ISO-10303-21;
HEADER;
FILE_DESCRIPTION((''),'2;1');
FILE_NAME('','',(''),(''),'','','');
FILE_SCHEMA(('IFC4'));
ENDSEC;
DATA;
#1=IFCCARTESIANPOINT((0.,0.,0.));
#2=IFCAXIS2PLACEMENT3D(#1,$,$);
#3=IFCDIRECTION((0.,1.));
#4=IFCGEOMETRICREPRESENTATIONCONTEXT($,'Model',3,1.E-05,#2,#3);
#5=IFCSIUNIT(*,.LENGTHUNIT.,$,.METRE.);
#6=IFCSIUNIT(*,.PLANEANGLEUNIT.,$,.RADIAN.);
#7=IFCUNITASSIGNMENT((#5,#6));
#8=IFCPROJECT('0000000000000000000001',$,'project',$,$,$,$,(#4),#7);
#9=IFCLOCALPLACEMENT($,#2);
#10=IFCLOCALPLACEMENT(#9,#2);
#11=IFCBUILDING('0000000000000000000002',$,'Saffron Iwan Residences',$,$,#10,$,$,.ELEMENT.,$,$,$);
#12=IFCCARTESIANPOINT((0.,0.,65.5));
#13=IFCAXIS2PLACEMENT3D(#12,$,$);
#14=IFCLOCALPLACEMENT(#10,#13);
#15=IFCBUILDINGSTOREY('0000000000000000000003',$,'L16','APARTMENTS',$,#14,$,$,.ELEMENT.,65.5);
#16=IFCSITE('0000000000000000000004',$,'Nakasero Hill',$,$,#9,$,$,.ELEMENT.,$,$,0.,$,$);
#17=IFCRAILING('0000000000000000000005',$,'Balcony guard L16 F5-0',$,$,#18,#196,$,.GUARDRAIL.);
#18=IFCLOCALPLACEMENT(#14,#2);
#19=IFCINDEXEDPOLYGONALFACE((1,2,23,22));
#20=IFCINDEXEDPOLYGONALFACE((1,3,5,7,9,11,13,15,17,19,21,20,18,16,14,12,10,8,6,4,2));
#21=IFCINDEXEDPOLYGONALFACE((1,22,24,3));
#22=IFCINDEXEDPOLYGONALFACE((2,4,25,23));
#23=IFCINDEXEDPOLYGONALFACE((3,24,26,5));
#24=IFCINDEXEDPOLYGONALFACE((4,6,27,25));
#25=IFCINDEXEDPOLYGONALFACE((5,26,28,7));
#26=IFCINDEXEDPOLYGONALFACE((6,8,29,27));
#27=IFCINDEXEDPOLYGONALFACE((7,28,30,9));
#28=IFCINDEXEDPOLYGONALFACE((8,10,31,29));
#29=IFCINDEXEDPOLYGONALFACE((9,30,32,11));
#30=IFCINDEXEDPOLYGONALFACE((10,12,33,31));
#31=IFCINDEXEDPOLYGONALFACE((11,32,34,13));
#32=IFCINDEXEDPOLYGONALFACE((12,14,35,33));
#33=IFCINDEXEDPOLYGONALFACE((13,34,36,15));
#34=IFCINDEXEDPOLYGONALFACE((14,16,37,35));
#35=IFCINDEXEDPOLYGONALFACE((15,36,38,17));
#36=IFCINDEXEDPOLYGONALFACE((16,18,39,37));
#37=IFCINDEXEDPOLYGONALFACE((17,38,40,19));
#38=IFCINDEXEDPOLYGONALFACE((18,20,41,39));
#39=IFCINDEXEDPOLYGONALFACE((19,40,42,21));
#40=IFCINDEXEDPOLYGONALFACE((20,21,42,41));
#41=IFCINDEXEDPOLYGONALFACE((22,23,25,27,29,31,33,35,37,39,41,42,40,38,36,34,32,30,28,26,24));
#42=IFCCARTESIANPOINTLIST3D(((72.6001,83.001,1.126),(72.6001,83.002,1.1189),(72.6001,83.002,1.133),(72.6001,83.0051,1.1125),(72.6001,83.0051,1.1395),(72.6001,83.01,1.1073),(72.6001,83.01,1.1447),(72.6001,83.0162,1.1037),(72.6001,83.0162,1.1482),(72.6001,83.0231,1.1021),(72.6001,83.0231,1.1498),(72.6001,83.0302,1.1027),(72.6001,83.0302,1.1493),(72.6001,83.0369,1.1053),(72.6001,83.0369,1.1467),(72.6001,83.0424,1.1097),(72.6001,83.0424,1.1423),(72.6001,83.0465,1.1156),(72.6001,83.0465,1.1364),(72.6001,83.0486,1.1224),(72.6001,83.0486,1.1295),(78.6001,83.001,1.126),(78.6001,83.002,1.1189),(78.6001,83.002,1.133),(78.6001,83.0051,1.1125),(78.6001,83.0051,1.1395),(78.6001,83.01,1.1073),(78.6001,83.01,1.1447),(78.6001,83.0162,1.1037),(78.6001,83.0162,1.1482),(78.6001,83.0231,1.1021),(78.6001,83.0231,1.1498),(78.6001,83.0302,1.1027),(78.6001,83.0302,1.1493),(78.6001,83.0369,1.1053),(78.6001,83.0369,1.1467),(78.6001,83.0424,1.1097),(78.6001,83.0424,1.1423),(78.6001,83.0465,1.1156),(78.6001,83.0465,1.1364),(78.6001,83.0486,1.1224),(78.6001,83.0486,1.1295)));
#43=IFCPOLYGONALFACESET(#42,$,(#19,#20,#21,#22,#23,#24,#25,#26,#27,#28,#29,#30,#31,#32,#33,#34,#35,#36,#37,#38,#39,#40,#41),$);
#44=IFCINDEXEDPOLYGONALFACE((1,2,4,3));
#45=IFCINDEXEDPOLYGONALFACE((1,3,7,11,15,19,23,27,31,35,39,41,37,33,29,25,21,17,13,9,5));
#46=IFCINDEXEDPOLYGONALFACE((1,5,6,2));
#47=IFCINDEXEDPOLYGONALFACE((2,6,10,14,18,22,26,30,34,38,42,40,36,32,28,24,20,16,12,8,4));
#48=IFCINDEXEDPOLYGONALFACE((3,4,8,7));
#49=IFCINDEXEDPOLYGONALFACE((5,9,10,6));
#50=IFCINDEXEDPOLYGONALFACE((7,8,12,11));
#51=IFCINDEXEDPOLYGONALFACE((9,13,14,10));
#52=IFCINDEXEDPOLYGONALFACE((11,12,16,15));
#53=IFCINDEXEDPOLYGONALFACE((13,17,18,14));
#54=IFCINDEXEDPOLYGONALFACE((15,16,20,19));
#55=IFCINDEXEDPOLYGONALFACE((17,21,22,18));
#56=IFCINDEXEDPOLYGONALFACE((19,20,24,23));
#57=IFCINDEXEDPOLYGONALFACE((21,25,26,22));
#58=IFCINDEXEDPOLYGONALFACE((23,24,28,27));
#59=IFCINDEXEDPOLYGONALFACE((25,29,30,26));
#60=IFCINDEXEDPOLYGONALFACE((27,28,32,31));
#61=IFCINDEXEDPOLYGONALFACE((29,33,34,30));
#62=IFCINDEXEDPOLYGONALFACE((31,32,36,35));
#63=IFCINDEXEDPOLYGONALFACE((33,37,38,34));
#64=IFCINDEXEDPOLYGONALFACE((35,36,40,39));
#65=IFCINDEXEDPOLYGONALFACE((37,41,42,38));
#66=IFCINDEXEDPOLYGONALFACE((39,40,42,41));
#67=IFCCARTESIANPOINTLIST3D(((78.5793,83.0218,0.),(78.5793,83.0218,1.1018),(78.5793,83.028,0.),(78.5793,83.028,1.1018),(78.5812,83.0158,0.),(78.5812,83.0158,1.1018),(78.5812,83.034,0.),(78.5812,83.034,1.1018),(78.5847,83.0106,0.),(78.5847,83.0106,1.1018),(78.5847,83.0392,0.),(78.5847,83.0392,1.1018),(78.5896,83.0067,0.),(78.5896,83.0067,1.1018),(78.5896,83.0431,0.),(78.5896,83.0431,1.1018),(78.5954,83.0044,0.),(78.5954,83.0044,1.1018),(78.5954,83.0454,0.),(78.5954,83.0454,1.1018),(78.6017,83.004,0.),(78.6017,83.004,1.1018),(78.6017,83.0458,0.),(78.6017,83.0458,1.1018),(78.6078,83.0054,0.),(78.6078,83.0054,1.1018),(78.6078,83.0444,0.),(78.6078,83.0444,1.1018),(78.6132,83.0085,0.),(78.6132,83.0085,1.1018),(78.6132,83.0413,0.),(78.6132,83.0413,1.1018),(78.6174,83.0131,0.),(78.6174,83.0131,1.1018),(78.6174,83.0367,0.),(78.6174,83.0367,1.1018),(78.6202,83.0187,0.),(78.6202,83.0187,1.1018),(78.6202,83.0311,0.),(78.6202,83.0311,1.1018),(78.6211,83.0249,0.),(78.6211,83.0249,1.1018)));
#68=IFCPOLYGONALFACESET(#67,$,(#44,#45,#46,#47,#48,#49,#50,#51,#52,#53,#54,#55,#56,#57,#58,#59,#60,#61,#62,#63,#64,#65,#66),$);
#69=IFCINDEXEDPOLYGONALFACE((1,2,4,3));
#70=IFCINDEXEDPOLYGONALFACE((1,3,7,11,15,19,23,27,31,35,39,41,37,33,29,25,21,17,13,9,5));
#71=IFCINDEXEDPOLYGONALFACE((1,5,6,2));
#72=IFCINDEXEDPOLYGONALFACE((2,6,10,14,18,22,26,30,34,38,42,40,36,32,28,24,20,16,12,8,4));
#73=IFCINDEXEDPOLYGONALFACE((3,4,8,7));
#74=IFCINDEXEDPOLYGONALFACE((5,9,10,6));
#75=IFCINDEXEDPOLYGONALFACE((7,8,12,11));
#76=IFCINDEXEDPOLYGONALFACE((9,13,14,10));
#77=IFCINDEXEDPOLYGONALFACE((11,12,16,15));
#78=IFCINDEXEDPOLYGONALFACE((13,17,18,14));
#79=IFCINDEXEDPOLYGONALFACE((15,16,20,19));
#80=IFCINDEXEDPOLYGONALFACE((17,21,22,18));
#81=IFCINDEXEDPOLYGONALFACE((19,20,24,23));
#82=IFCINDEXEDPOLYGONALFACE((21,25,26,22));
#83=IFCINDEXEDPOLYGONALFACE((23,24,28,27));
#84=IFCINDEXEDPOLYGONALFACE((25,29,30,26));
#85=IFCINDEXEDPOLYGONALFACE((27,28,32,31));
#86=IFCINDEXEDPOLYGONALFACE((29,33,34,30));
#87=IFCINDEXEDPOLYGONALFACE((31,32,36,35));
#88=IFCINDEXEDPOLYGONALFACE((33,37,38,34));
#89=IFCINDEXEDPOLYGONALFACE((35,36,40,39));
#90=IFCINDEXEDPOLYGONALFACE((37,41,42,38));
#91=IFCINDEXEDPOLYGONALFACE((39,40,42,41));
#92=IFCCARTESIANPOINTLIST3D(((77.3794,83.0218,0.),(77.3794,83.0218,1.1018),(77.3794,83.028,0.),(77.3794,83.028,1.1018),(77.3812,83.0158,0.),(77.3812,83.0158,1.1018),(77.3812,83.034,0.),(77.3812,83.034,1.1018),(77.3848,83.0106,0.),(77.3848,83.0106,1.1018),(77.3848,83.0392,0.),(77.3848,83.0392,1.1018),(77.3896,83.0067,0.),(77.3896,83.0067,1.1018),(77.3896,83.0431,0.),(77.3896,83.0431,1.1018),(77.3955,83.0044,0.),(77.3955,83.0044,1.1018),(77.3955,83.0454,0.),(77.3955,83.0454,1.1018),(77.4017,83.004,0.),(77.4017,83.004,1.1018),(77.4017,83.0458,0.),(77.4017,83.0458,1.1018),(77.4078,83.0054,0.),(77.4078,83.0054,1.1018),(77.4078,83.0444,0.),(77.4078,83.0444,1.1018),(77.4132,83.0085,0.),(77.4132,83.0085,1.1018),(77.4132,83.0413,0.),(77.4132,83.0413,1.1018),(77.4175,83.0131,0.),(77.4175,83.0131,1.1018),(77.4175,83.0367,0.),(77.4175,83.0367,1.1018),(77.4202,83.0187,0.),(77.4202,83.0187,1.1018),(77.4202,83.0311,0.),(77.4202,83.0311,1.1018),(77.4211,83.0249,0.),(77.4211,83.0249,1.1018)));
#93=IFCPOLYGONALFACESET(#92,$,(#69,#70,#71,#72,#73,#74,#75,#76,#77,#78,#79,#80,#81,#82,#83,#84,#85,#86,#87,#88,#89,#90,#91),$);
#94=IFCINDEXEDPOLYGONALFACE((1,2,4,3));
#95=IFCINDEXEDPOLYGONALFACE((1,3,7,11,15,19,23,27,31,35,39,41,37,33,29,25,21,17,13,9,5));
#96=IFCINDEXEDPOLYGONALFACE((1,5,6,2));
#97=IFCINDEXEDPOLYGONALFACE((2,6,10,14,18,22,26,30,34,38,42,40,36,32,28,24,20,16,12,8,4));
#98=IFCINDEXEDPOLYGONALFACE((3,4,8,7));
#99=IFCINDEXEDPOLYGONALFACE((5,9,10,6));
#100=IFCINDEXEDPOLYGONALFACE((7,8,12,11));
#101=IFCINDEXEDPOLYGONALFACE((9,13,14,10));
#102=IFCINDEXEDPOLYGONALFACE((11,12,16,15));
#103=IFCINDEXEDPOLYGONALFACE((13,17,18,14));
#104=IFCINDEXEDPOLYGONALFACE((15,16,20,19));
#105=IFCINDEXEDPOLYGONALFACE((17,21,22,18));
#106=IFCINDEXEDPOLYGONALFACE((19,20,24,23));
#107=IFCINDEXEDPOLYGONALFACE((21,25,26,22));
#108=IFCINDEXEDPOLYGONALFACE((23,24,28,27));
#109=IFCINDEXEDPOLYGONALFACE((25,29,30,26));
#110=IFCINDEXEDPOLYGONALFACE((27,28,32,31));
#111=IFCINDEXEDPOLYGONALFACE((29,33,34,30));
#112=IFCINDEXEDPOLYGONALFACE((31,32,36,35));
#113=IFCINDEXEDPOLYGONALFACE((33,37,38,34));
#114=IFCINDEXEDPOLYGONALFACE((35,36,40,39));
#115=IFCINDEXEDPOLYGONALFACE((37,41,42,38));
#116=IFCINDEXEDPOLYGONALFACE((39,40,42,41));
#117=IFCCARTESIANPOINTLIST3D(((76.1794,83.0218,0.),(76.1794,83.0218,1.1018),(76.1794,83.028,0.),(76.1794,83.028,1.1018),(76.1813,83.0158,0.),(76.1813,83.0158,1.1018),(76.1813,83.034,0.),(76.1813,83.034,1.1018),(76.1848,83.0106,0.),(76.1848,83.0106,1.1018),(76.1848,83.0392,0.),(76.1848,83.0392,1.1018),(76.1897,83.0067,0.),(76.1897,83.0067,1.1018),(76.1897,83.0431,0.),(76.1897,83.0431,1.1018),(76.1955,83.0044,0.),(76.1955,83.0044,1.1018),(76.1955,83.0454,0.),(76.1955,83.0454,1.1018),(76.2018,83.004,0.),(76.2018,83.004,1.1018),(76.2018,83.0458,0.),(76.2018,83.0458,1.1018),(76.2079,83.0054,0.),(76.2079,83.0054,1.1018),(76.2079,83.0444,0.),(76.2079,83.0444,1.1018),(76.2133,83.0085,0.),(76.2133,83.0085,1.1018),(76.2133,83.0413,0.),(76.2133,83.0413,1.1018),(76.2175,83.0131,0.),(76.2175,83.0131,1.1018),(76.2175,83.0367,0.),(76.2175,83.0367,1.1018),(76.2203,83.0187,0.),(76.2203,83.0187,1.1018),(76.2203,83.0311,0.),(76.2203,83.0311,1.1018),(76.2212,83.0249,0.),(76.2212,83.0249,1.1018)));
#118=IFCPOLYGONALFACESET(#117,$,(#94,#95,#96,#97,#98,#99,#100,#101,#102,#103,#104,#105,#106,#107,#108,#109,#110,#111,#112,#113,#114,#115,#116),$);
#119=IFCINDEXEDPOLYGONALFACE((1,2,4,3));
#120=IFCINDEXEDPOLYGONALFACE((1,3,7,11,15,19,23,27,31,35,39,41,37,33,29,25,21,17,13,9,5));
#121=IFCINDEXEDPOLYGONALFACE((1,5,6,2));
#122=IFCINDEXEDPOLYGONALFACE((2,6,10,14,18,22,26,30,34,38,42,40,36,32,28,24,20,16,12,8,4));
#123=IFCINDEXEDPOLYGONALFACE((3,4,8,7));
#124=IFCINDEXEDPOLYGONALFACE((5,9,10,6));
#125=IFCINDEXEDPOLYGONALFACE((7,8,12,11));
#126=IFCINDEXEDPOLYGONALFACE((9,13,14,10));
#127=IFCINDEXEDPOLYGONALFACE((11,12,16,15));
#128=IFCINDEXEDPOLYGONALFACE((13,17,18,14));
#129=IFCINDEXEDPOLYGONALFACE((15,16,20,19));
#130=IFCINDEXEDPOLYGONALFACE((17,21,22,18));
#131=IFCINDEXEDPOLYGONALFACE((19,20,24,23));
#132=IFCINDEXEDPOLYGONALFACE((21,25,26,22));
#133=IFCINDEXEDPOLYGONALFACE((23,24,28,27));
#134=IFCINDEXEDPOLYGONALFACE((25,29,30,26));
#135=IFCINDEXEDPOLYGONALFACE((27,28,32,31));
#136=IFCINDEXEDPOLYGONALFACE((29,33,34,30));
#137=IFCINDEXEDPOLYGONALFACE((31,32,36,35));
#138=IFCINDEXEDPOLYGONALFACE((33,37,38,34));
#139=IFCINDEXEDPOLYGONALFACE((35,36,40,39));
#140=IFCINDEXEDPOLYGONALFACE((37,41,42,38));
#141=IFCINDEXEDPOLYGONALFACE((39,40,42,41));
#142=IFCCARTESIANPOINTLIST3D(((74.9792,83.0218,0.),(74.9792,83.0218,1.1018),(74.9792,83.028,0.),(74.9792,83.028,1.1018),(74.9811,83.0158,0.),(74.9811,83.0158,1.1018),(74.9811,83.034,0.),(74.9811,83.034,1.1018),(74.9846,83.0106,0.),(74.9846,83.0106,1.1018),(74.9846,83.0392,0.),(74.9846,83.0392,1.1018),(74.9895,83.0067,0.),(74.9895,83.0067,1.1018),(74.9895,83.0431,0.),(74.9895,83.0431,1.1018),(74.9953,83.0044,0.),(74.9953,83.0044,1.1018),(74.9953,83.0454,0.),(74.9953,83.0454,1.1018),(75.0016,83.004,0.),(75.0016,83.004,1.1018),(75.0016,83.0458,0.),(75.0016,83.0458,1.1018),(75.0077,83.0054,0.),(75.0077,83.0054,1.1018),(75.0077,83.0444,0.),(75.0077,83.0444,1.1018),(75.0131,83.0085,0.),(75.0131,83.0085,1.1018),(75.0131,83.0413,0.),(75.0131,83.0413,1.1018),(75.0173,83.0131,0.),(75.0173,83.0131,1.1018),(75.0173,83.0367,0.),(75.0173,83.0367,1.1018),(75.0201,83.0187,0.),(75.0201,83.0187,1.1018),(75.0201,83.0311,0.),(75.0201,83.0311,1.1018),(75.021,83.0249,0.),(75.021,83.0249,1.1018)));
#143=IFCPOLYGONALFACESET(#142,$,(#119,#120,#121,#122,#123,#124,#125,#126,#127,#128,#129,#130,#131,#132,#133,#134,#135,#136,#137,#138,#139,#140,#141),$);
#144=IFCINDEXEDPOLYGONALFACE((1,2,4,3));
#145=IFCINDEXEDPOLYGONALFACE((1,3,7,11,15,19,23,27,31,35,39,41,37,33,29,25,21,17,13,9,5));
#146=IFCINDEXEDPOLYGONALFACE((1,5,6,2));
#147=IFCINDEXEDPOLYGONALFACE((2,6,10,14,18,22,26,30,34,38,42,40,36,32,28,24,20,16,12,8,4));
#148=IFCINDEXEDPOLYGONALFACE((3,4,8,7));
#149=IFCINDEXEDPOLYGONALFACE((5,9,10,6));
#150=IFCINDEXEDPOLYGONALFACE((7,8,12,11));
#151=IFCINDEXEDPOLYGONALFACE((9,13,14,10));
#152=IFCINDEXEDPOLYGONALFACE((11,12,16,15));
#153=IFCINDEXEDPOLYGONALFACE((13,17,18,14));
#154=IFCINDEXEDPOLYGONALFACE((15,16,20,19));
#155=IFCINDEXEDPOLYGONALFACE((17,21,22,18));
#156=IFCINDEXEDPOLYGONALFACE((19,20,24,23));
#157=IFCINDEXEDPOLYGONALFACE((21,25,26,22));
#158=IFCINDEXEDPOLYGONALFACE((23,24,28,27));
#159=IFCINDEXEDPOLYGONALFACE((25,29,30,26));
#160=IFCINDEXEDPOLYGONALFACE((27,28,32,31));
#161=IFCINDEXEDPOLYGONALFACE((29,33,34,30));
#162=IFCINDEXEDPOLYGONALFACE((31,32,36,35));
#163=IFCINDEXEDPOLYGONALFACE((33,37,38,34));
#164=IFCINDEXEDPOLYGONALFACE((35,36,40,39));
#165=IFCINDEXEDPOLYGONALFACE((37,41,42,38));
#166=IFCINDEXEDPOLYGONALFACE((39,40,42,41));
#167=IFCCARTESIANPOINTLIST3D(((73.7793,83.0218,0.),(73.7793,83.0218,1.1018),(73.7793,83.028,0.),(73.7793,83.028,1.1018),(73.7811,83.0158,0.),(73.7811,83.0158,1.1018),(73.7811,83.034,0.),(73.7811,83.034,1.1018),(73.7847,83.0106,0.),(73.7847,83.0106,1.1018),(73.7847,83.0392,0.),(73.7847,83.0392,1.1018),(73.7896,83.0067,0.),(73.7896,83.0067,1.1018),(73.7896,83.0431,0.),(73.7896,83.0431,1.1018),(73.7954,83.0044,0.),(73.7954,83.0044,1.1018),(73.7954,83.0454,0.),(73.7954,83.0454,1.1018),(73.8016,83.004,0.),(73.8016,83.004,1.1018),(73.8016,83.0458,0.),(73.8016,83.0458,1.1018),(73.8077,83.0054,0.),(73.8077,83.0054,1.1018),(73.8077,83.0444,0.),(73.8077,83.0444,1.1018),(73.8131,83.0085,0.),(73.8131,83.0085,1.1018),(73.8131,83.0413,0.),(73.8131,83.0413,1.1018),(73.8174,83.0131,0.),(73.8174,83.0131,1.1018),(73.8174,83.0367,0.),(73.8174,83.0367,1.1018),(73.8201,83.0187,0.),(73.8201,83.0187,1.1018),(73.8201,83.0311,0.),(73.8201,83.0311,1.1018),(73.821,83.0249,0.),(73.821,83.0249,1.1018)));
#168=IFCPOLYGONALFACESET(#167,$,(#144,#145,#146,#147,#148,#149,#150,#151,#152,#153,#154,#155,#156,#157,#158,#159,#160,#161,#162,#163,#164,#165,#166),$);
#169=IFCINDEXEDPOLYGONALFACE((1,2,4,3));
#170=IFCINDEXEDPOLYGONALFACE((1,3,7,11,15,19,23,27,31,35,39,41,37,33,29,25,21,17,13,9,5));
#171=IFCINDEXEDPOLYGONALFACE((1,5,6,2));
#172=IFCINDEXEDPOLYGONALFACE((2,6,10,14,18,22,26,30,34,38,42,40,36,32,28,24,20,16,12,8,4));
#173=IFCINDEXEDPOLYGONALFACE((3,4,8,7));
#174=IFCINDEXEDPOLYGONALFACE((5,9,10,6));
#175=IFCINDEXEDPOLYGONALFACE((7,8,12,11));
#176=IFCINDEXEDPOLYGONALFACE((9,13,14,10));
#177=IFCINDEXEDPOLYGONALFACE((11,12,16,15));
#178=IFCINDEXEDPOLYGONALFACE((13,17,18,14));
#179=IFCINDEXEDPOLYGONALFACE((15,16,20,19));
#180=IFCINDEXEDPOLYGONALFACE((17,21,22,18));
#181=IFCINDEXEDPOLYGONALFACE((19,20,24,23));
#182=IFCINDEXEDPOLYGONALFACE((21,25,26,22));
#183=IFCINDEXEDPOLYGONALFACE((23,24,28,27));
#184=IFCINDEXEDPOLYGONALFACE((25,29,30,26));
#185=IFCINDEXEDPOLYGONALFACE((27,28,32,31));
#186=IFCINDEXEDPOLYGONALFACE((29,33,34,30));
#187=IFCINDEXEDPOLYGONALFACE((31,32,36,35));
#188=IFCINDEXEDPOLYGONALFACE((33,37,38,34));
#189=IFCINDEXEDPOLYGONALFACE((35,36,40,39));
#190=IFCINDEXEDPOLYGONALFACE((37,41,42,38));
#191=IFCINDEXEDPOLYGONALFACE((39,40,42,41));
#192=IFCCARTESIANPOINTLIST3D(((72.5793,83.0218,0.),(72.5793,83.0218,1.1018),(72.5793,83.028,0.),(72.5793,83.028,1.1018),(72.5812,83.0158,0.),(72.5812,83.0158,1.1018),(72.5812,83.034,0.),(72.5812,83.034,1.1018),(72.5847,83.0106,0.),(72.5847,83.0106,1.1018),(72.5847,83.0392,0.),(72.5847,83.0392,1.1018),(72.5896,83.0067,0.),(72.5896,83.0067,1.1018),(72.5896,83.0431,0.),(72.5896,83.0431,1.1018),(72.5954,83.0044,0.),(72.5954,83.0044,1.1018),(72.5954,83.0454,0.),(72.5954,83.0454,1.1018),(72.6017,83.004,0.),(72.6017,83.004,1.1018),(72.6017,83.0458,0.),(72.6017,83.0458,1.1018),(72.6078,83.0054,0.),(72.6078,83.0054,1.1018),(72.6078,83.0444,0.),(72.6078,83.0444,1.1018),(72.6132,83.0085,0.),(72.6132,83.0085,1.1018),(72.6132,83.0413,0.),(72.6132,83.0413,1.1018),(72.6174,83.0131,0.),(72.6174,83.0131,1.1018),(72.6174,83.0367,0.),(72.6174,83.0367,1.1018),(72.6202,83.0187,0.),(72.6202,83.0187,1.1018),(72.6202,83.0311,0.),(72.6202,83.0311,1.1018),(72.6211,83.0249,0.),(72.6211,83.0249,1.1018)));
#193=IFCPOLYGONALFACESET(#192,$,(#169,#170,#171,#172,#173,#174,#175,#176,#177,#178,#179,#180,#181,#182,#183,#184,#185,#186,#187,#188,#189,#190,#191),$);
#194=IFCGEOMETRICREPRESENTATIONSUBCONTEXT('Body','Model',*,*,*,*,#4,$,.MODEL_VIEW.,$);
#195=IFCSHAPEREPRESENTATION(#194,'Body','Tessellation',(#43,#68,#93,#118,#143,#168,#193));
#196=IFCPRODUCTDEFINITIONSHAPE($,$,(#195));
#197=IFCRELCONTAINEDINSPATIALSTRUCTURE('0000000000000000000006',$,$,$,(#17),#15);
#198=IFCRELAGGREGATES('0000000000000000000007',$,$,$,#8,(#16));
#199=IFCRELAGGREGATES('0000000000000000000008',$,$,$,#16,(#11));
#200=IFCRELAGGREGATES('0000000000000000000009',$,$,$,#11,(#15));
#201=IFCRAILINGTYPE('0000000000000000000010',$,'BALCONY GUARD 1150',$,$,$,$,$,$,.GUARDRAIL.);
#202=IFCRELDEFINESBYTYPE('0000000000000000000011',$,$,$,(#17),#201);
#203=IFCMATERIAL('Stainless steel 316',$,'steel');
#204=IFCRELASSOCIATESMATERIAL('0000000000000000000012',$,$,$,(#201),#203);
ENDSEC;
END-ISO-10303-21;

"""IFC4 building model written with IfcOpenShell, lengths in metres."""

from ifc_helpers import new_model, si_unit, direction, frame, origin, origin_2d, place, context, subcontext, project, spatial, circle, extrude, material, type_object, element, save


model = new_model("IFC4")

# Units and contexts
model_context = context("Model", 3, precision=1e-05, world=origin(), true_north=direction((0.0, 1.0)))
body_context = subcontext(model_context, "Body", "Model", "MODEL_VIEW")
ifc_project = project(units=[si_unit("LENGTHUNIT", "METRE"), si_unit("PLANEANGLEUNIT", "RADIAN")], contexts=[model_context])

# Site, building, storey
site_placement = place(None, origin())
site = spatial("IfcSite", under=ifc_project, at=site_placement, Name="Nakasero Hill", CompositionType="ELEMENT", RefElevation=0.0)
building_placement = place(site_placement, origin())
building = spatial("IfcBuilding", under=site, at=building_placement, Name="Saffron Iwan Residences", CompositionType="ELEMENT")
storey_placement = place(building_placement, frame((0.0, 0.0, 65.5)))
storey = spatial("IfcBuildingStorey", under=building, at=storey_placement, Name="L16", Description="APARTMENTS", CompositionType="ELEMENT", Elevation=65.5)

# Railing
ifc_material_1 = material(Name="Stainless steel 316", Category="steel")
railing_type = type_object("IfcRailingType", Name="BALCONY GUARD 1150", PredefinedType="GUARDRAIL", material=ifc_material_1)
railing_placement = place(storey_placement, frame((78.6001, 83.0249, 0.0)))
element("IfcRailing", 1, at=railing_placement, inside=storey, type_object=railing_type, Name="Balcony guard L16 F5-0", PredefinedType="GUARDRAIL", context=body_context, shape_type="SweptSolid", body=[
    extrude(circle(Radius=0.0239, at=origin_2d()), frame((0.0, 0.0, 1.126), z_axis=(-1.0, 0.0, 0.0), x_axis=(0.0, -1.0, 0.0)), (0.0, 0.0, 1.0), 6.0),
    extrude(circle(Radius=0.021, at=origin_2d()), origin(), (0.0, 0.0, 1.0), 1.1018),
    extrude(circle(Radius=0.021, at=origin_2d()), frame((-1.2, 0.0, 0.0)), (0.0, 0.0, 1.0), 1.1018),
    extrude(circle(Radius=0.021, at=origin_2d()), frame((-2.3999, 0.0, 0.0)), (0.0, 0.0, 1.0), 1.1018),
    extrude(circle(Radius=0.021, at=origin_2d()), frame((-3.6001, 0.0, 0.0)), (0.0, 0.0, 1.0), 1.1018),
    extrude(circle(Radius=0.021, at=origin_2d()), frame((-4.8, 0.0, 0.0)), (0.0, 0.0, 1.0), 1.1018),
    extrude(circle(Radius=0.021, at=origin_2d()), frame((-6.0, 0.0, 0.0)), (0.0, 0.0, 1.0), 1.1018),
])

save(model, "model.ifc")
